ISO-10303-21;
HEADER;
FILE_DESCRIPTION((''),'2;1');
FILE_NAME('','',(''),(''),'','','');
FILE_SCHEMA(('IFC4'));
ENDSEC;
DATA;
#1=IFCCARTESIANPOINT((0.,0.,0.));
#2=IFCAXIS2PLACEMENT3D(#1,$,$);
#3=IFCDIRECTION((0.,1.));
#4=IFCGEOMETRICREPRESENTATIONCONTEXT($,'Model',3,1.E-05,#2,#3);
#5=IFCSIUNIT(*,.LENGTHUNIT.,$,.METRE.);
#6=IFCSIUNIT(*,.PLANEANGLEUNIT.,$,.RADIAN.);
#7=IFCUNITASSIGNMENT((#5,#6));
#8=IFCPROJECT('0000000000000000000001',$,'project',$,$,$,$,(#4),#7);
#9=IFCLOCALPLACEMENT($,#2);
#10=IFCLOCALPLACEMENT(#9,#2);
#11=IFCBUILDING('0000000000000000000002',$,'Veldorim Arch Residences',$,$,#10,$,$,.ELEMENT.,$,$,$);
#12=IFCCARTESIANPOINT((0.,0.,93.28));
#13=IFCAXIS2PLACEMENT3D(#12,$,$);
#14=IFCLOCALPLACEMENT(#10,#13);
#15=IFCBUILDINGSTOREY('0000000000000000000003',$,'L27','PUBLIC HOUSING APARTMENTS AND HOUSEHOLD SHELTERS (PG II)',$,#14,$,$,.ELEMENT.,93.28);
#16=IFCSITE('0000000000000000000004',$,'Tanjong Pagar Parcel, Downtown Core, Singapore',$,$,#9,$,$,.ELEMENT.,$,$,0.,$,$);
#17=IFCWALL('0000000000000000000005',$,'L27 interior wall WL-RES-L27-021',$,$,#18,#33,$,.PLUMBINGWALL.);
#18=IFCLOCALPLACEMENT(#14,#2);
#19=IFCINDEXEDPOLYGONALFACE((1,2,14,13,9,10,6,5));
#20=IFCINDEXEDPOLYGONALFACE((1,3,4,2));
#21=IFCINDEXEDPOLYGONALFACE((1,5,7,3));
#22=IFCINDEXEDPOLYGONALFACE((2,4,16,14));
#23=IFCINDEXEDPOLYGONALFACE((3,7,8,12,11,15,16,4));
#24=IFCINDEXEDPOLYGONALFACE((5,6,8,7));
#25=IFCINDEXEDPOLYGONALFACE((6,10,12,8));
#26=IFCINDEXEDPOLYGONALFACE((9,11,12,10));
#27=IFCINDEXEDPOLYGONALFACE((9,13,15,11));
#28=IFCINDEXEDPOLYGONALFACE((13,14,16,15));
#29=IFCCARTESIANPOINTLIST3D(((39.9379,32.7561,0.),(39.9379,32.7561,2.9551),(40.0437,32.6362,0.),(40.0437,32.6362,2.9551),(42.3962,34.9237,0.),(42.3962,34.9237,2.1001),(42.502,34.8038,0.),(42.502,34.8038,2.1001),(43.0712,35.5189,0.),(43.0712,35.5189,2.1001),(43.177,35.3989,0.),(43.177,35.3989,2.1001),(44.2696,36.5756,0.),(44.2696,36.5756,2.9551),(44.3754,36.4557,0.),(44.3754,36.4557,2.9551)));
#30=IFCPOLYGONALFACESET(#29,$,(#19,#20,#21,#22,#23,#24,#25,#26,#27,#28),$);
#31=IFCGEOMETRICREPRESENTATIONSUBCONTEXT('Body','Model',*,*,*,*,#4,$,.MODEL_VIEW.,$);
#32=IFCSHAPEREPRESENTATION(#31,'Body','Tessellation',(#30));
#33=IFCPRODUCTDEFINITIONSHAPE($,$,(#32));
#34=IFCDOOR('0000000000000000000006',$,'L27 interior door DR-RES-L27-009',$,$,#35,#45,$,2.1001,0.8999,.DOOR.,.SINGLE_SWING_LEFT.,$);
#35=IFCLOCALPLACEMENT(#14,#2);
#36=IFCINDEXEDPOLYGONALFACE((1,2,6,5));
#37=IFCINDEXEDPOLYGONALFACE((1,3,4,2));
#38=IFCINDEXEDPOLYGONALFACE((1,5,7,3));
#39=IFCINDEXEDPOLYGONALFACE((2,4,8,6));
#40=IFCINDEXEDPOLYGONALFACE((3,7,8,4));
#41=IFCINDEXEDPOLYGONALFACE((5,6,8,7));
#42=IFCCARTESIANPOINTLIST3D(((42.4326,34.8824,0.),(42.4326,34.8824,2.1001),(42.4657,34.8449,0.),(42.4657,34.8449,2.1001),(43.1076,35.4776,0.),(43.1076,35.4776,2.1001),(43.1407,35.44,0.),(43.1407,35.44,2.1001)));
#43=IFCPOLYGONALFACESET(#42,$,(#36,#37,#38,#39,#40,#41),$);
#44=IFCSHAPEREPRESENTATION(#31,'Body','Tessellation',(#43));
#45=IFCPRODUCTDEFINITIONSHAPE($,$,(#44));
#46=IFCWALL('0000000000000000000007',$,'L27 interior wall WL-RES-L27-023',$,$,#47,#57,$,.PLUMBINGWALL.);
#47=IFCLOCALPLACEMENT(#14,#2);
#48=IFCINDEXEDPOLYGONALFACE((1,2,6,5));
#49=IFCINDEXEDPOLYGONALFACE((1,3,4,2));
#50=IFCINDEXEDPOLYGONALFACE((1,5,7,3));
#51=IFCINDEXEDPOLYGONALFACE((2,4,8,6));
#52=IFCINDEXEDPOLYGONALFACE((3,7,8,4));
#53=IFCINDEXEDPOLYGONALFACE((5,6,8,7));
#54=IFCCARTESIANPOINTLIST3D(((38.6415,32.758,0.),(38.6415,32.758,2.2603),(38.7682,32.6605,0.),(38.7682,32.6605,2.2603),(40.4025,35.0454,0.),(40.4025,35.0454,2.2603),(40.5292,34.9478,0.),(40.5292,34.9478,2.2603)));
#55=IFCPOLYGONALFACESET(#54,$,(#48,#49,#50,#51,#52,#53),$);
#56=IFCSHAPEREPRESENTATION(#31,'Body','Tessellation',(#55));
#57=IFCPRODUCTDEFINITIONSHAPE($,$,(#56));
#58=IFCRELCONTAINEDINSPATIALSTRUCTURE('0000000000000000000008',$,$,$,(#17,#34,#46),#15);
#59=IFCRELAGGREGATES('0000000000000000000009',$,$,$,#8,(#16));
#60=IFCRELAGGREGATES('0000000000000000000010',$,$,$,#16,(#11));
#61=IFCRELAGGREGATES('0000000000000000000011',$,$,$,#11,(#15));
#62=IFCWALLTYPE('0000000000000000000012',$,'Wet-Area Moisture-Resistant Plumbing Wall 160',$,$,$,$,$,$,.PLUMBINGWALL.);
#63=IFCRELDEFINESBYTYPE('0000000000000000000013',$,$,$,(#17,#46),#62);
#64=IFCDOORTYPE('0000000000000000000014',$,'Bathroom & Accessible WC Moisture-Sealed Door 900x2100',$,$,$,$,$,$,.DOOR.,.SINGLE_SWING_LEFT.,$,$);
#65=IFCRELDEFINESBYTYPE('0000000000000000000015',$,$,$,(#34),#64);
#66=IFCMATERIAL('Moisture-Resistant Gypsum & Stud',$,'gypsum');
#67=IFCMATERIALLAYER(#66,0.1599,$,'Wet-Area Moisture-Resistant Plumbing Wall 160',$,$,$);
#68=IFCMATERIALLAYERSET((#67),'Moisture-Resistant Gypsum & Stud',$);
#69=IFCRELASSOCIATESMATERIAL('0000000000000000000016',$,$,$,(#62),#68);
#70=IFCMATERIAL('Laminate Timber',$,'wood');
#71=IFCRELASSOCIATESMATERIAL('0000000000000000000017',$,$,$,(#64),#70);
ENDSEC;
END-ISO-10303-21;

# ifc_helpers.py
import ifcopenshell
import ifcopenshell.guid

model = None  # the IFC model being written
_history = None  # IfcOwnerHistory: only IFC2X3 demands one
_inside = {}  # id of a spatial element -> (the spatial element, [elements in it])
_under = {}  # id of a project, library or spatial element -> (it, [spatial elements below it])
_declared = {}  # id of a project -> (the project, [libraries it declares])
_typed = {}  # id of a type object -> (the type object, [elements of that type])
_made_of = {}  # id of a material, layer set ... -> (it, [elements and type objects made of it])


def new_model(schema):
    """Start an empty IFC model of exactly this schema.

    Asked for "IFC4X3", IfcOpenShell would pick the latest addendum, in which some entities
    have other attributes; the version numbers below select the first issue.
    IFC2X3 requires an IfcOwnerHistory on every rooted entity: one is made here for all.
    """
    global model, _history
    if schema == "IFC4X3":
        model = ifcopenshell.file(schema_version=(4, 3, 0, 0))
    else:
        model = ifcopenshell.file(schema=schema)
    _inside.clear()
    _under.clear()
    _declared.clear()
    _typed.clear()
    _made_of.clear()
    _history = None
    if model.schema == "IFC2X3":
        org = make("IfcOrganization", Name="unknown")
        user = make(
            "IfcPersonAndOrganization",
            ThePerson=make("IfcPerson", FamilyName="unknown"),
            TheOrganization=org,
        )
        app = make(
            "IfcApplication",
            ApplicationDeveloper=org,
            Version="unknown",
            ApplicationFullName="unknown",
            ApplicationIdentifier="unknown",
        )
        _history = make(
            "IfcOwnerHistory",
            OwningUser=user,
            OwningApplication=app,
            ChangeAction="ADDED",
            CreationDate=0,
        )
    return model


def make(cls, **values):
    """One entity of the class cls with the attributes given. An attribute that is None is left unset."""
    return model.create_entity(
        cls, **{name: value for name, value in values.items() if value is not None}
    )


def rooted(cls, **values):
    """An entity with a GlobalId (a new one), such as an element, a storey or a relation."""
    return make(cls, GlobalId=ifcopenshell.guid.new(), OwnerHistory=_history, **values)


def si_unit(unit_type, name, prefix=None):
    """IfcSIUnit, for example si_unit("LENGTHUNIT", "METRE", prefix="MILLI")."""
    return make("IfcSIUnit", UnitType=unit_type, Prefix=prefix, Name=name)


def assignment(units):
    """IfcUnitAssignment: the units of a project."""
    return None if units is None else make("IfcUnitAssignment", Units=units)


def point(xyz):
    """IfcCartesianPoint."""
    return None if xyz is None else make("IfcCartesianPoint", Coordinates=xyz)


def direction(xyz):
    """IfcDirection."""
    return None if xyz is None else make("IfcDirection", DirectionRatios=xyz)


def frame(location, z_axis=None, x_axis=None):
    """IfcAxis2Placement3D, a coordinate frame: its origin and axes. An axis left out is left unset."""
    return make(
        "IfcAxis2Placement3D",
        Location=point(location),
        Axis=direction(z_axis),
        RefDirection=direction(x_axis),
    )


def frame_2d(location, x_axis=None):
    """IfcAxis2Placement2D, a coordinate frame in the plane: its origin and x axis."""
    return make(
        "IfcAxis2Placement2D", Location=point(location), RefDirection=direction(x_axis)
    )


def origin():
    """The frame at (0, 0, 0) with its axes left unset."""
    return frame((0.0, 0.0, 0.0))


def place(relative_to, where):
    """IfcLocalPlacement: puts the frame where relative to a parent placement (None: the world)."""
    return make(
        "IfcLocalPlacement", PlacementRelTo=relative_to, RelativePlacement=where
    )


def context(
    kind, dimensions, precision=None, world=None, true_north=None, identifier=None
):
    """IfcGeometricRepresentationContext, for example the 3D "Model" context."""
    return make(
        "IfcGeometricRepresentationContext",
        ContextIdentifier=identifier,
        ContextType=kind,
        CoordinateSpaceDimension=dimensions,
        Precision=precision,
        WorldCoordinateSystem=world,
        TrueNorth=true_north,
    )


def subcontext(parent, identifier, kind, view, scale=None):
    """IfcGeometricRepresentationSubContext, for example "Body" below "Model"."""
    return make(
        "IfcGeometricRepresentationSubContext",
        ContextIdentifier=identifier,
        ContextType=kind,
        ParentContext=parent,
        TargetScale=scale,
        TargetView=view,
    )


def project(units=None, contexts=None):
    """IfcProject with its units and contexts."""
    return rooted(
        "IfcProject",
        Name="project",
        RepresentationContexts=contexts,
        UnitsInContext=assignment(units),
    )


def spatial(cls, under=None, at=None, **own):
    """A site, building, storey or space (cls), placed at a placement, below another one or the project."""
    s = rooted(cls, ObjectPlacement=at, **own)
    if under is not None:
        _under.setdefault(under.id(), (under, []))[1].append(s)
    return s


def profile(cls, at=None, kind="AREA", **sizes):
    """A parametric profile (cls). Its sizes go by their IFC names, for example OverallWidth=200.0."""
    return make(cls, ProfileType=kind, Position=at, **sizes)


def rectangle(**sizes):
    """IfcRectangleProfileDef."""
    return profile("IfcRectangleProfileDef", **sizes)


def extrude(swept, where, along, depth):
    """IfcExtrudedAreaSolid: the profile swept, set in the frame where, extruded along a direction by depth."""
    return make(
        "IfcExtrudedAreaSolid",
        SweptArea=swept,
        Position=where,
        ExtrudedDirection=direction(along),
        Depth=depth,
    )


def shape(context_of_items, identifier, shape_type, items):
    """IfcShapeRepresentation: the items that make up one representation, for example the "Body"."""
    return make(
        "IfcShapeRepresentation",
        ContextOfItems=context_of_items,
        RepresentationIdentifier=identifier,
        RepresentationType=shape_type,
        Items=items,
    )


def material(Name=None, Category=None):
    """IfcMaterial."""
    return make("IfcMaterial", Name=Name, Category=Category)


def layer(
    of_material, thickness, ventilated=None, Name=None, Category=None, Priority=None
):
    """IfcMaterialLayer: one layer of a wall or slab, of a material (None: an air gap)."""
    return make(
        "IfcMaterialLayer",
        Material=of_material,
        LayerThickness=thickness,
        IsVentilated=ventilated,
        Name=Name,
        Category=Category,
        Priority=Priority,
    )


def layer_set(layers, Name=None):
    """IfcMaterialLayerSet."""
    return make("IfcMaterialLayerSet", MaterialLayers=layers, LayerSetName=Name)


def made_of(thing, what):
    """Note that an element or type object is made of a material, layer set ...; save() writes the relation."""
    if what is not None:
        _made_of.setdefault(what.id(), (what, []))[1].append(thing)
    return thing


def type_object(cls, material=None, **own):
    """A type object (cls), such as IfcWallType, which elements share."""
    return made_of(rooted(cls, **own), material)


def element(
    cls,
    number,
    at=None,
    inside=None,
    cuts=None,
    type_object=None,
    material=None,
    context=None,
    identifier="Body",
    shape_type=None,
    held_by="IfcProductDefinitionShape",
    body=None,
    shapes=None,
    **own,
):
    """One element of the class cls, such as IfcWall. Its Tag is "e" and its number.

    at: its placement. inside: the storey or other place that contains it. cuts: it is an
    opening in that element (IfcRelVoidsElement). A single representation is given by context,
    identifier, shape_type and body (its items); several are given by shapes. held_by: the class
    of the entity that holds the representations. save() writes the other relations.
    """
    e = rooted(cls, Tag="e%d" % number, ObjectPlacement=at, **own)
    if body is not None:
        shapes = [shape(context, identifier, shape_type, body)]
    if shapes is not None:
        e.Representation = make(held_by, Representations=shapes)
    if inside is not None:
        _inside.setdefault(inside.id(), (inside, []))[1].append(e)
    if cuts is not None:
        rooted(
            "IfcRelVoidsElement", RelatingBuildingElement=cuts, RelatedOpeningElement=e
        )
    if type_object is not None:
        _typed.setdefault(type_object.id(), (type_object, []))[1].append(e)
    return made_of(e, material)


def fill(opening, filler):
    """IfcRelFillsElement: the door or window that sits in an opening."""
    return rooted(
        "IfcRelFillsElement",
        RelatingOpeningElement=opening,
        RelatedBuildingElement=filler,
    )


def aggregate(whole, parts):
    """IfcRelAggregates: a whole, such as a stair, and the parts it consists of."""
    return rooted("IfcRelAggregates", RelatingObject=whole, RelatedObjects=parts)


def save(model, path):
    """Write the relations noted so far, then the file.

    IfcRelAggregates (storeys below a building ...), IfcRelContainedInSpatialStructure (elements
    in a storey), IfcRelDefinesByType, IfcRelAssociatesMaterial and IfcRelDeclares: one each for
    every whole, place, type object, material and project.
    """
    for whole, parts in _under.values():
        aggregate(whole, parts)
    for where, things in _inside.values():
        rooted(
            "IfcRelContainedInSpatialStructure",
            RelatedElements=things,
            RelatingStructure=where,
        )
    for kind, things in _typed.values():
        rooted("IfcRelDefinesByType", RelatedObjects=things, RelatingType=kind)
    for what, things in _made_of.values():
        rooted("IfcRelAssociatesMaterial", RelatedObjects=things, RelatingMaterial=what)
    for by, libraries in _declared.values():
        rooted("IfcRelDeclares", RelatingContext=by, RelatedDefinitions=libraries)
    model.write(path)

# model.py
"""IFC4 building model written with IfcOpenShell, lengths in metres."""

from ifc_helpers import new_model, si_unit, direction, frame, frame_2d, origin, place, context, subcontext, project, spatial, rectangle, extrude, material, layer, layer_set, type_object, element, fill, save


model = new_model("IFC4")

# Units and contexts
model_context = context("Model", 3, precision=1e-05, world=origin(), true_north=direction((0.0, 1.0)))
body_context = subcontext(model_context, "Body", "Model", "MODEL_VIEW")
ifc_project = project(units=[si_unit("LENGTHUNIT", "METRE"), si_unit("PLANEANGLEUNIT", "RADIAN")], contexts=[model_context])

# Site, building, storey
site_placement = place(None, origin())
site = spatial("IfcSite", under=ifc_project, at=site_placement, Name="Tanjong Pagar Parcel, Downtown Core, Singapore", CompositionType="ELEMENT", RefElevation=0.0)
building_placement = place(site_placement, origin())
building = spatial("IfcBuilding", under=site, at=building_placement, Name="Veldorim Arch Residences", CompositionType="ELEMENT")
storey_placement = place(building_placement, frame((0.0, 0.0, 93.28)))
storey = spatial("IfcBuildingStorey", under=building, at=storey_placement, Name="L27", Description="PUBLIC HOUSING APARTMENTS AND HOUSEHOLD SHELTERS (PG II)", CompositionType="ELEMENT", Elevation=93.28)

# Wall, opening, door
ifc_material_1 = material(Name="Moisture-Resistant Gypsum & Stud", Category="gypsum")
ifc_layer_1 = layer(ifc_material_1, 0.1599, Name="Wet-Area Moisture-Resistant Plumbing Wall 160")
ifc_layer_set_1 = layer_set([ifc_layer_1], Name="Moisture-Resistant Gypsum & Stud")
wall_type_1 = type_object("IfcWallType", Name="Wet-Area Moisture-Resistant Plumbing Wall 160", PredefinedType="PLUMBINGWALL", material=ifc_layer_set_1)
wall_1_placement = place(storey_placement, frame((39.9907, 32.696, 0.0), z_axis=(0.0, 0.0, 1.0), x_axis=(0.75006, 0.66137, 0.0)))
wall_1 = element("IfcWall", 1, at=wall_1_placement, inside=storey, type_object=wall_type_1, Name="L27 interior wall WL-RES-L27-021", PredefinedType="PLUMBINGWALL", context=body_context, shape_type="SweptSolid", body=[
    extrude(rectangle(XDim=5.7751, YDim=0.1599, at=frame_2d((2.8877, 0.0))), origin(), (0.0, 0.0, 1.0), 2.9551),
])
opening_1_placement = place(wall_1_placement, frame((3.2776, 0.0, 0.0)))
opening_1 = element("IfcOpeningElement", 2, at=opening_1_placement, cuts=wall_1, PredefinedType="OPENING", context=body_context, shape_type="SweptSolid", body=[
    extrude(rectangle(XDim=0.8999, YDim=2.1001, at=frame_2d((0.45, 1.05))), frame((0.0, 0.0898, 0.0), z_axis=(0.0, -1.0, 0.0), x_axis=(1.0, 0.0, 0.0)), (0.0, 0.0, 1.0), 0.1799),
])
ifc_material_2 = material(Name="Laminate Timber", Category="wood")
door_type_1 = type_object("IfcDoorType", Name="Bathroom & Accessible WC Moisture-Sealed Door 900x2100", OperationType="SINGLE_SWING_LEFT", PredefinedType="DOOR", material=ifc_material_2)
door_1_placement = place(opening_1_placement, origin())
door_1 = element("IfcDoor", 3, at=door_1_placement, inside=storey, type_object=door_type_1, Name="L27 interior door DR-RES-L27-009", OperationType="SINGLE_SWING_LEFT", OverallHeight=2.1001, OverallWidth=0.8999, PredefinedType="DOOR", context=body_context, shape_type="SweptSolid", body=[
    extrude(rectangle(XDim=0.8999, YDim=2.1001, at=frame_2d((0.45, 1.05))), frame((0.0, 0.0249, 0.0), z_axis=(0.0, -1.0, 0.0), x_axis=(1.0, 0.0, 0.0)), (0.0, 0.0, 1.0), 0.05),
])
fill(opening_1, door_1)

# Wall
wall_2_placement = place(storey_placement, frame((38.7048, 32.7092, 0.0), z_axis=(0.0, 0.0, 1.0), x_axis=(0.610034, 0.792376, 0.0)))
element("IfcWall", 4, at=wall_2_placement, inside=storey, type_object=wall_type_1, Name="L27 interior wall WL-RES-L27-023", PredefinedType="PLUMBINGWALL", context=body_context, shape_type="SweptSolid", body=[
    extrude(rectangle(XDim=2.8867, YDim=0.1599, at=frame_2d((1.4434, 0.0))), origin(), (0.0, 0.0, 1.0), 2.2603),
])

save(model, "model.ifc")
